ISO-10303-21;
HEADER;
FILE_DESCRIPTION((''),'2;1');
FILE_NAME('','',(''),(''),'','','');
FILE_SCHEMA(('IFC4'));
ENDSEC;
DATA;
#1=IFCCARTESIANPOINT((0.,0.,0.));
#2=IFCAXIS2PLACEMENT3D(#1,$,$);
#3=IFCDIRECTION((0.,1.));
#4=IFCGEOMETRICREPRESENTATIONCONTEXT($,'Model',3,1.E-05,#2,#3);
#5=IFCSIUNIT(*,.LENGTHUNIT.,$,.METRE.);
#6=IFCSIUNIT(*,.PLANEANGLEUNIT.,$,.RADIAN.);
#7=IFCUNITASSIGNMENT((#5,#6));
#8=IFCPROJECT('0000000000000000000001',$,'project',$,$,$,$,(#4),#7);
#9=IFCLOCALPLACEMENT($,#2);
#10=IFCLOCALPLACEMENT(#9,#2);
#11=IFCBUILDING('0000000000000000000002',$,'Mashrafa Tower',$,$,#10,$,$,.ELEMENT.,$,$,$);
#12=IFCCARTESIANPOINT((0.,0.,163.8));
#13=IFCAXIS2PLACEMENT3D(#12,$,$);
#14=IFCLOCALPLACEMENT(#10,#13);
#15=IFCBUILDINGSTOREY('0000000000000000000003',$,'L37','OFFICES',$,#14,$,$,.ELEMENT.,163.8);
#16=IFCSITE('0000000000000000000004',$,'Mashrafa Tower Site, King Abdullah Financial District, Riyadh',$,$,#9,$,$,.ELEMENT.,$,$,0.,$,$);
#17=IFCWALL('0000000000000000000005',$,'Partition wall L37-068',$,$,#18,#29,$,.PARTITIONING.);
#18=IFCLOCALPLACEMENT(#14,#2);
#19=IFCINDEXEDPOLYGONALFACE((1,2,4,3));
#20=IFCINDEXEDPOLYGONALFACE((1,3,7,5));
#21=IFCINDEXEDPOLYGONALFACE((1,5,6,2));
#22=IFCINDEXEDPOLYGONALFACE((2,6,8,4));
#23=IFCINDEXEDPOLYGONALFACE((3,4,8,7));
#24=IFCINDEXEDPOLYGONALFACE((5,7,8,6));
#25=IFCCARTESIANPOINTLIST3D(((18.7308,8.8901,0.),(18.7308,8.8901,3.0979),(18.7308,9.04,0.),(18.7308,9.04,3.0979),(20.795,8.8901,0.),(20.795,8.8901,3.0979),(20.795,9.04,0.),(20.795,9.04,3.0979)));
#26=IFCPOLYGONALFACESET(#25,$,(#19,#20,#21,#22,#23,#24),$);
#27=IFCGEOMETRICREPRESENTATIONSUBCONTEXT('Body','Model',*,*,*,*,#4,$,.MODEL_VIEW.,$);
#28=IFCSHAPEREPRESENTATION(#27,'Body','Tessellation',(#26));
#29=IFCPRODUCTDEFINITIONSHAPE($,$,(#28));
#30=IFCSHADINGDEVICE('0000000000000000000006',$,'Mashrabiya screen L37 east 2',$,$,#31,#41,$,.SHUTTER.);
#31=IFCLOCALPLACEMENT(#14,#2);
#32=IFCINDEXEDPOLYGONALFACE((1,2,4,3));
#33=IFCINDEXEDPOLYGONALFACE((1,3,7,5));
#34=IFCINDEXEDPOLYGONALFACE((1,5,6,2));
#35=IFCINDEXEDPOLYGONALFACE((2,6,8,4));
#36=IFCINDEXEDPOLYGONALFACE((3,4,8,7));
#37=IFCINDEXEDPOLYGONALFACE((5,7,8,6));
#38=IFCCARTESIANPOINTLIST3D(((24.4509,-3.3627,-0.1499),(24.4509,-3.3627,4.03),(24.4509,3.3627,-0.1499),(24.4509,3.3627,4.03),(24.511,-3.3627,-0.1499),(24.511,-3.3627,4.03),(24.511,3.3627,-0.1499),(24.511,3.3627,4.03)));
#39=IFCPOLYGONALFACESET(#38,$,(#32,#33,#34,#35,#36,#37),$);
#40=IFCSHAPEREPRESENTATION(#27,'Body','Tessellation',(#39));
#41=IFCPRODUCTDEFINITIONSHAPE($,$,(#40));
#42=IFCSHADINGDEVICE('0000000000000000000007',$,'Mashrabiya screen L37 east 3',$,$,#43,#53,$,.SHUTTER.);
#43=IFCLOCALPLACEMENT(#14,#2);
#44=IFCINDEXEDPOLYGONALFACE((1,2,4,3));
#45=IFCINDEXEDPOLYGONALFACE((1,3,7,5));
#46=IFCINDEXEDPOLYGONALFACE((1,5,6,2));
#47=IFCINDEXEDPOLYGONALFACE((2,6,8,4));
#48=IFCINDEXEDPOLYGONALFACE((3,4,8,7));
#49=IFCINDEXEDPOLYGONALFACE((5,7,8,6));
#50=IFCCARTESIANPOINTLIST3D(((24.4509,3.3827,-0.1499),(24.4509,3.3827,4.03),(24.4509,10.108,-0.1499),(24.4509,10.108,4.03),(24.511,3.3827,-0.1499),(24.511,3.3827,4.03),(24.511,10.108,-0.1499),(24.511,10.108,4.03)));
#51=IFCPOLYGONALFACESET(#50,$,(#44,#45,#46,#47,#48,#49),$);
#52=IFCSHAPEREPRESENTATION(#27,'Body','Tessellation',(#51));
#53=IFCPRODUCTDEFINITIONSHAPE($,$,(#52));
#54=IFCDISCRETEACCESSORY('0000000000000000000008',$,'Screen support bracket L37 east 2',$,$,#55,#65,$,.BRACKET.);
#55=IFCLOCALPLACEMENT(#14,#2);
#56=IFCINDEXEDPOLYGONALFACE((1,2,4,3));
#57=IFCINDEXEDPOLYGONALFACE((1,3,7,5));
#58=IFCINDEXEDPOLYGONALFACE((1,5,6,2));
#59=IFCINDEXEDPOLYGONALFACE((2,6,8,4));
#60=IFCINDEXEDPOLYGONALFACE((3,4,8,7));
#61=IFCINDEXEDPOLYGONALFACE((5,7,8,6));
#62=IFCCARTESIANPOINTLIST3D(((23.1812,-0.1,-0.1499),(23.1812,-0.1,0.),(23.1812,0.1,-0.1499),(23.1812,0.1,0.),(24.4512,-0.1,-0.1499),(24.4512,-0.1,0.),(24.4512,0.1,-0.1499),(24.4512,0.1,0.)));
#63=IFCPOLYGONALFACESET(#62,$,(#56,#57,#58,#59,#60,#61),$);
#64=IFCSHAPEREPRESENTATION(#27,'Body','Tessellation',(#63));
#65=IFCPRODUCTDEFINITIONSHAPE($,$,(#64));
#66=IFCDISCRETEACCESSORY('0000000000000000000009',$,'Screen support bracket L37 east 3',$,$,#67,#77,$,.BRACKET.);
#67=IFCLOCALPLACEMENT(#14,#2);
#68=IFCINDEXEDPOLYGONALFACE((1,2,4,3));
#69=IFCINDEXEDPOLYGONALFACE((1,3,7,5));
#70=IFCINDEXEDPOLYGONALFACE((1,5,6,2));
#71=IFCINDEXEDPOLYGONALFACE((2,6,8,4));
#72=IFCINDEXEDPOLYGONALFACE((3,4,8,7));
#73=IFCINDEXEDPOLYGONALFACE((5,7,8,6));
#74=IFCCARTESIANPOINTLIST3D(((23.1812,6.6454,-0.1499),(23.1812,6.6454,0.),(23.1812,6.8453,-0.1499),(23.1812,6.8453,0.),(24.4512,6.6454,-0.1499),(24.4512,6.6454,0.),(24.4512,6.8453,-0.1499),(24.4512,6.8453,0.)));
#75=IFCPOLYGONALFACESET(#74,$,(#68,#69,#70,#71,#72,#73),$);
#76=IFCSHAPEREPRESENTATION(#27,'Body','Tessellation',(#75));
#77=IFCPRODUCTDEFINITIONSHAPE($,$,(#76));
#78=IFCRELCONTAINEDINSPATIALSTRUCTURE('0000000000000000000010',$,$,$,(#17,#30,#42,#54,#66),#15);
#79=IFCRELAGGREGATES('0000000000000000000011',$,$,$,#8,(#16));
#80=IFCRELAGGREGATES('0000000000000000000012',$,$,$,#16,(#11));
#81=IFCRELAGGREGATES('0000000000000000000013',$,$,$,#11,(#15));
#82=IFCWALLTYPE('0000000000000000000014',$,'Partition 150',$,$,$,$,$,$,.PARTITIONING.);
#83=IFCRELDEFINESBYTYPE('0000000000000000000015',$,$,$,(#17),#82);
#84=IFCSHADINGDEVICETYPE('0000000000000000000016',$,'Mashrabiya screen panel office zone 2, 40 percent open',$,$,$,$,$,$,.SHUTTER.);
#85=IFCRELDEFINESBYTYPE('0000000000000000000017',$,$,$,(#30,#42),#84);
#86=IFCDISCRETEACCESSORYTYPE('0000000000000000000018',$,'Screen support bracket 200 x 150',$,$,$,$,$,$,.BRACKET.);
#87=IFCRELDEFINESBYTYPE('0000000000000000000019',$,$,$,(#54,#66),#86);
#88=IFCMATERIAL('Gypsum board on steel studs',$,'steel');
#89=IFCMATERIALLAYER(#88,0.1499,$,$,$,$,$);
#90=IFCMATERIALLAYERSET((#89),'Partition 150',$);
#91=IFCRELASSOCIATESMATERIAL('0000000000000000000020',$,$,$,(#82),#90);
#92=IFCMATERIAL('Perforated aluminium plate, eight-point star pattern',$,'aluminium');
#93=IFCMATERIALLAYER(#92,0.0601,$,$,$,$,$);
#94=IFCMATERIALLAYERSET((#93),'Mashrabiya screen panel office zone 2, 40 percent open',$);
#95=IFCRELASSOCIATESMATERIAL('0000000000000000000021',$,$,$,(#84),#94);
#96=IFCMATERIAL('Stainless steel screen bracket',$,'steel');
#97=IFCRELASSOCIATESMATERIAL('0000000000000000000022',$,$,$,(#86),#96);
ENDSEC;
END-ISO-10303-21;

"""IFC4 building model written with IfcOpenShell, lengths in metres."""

from ifc_helpers import new_model, si_unit, direction, frame, frame_2d, origin, origin_2d, place, context, subcontext, project, spatial, rectangle, extrude, source, transform, mapped, material, layer, layer_set, type_object, type_shapes, element, save


model = new_model("IFC4")

# Units and contexts
model_context = context("Model", 3, precision=1e-05, world=origin(), true_north=direction((0.0, 1.0)))
body_context = subcontext(model_context, "Body", "Model", "MODEL_VIEW")
ifc_project = project(units=[si_unit("LENGTHUNIT", "METRE"), si_unit("PLANEANGLEUNIT", "RADIAN")], contexts=[model_context])

# Site, building, storey
site_placement = place(None, origin())
site = spatial("IfcSite", under=ifc_project, at=site_placement, Name="Mashrafa Tower Site, King Abdullah Financial District, Riyadh", CompositionType="ELEMENT", RefElevation=0.0)
building_placement = place(site_placement, origin())
building = spatial("IfcBuilding", under=site, at=building_placement, Name="Mashrafa Tower", CompositionType="ELEMENT")
storey_placement = place(building_placement, frame((0.0, 0.0, 163.8)))
storey = spatial("IfcBuildingStorey", under=building, at=storey_placement, Name="L37", Description="OFFICES", CompositionType="ELEMENT", Elevation=163.8)

# Shared definitions
ifc_material_1 = material(Name="Gypsum board on steel studs", Category="steel")
ifc_layer_1 = layer(ifc_material_1, 0.1499)
ifc_layer_set_1 = layer_set([ifc_layer_1], Name="Partition 150")
wall_type_1 = type_object("IfcWallType", Name="Partition 150", PredefinedType="PARTITIONING", material=ifc_layer_set_1)

# Wall
wall_1_placement = place(storey_placement, frame((20.7952, 8.9651, 0.0), z_axis=(0.0, 0.0, 1.0), x_axis=(-1.0, 0.0, 0.0)))
element("IfcWall", 1, at=wall_1_placement, inside=storey, type_object=wall_type_1, Name="Partition wall L37-068", PredefinedType="PARTITIONING", context=body_context, shape_type="SweptSolid", body=[
    extrude(rectangle(XDim=2.0642, YDim=0.1499, at=frame_2d((1.0322, 0.0))), origin(), (0.0, 0.0, 1.0), 3.0979),
])

# Shading devices
ifc_material_2 = material(Name="Perforated aluminium plate, eight-point star pattern", Category="aluminium")
ifc_layer_2 = layer(ifc_material_2, 0.0601)
ifc_layer_set_2 = layer_set([ifc_layer_2], Name="Mashrabiya screen panel office zone 2, 40 percent open")
shading_device_type = type_object("IfcShadingDeviceType", Name="Mashrabiya screen panel office zone 2, 40 percent open", PredefinedType="SHUTTER", material=ifc_layer_set_2)
shared_shape_1 = source(origin(), body_context, "Body", "SweptSolid", [
    extrude(rectangle(XDim=6.7253, YDim=0.0601, at=origin_2d()), origin(), (0.0, 0.0, 1.0), 4.1799),
])
type_shapes(shading_device_type, [shared_shape_1])
for number, where, z_axis, x_axis, name in (
    (2, (24.481, 0.0, -0.1499), (0.0, 0.0, 1.0), (0.0, 1.0, 0.0), "Mashrabiya screen L37 east 2"),
    (3, (24.481, 6.7454, -0.1499), (0.0, 0.0, 1.0), (0.0, 1.0, 0.0), "Mashrabiya screen L37 east 3"),
):
    element("IfcShadingDevice", number, at=place(storey_placement, frame(where, z_axis=z_axis, x_axis=x_axis)), inside=storey, type_object=shading_device_type, Name=name, PredefinedType="SHUTTER", context=body_context, shape_type="MappedRepresentation", body=[
        mapped(shared_shape_1, transform((0.0, 0.0, 0.0))),
    ])

# Discrete accessories
ifc_material_3 = material(Name="Stainless steel screen bracket", Category="steel")
discrete_accessory_type = type_object("IfcDiscreteAccessoryType", Name="Screen support bracket 200 x 150", PredefinedType="BRACKET", material=ifc_material_3)
shared_shape_2 = source(origin(), body_context, "Body", "SweptSolid", [
    extrude(rectangle(XDim=0.2, YDim=1.27, at=origin_2d()), origin(), (0.0, 0.0, 1.0), 0.1499),
])
type_shapes(discrete_accessory_type, [shared_shape_2])
for number, where, z_axis, x_axis, name in (
    (4, (23.8162, 0.0, -0.1499), (0.0, 0.0, 1.0), (0.0, 1.0, 0.0), "Screen support bracket L37 east 2"),
    (5, (23.8162, 6.7454, -0.1499), (0.0, 0.0, 1.0), (0.0, 1.0, 0.0), "Screen support bracket L37 east 3"),
):
    element("IfcDiscreteAccessory", number, at=place(storey_placement, frame(where, z_axis=z_axis, x_axis=x_axis)), inside=storey, type_object=discrete_accessory_type, Name=name, PredefinedType="BRACKET", context=body_context, shape_type="MappedRepresentation", body=[
        mapped(shared_shape_2, transform((0.0, 0.0, 0.0))),
    ])

save(model, "model.ifc")
